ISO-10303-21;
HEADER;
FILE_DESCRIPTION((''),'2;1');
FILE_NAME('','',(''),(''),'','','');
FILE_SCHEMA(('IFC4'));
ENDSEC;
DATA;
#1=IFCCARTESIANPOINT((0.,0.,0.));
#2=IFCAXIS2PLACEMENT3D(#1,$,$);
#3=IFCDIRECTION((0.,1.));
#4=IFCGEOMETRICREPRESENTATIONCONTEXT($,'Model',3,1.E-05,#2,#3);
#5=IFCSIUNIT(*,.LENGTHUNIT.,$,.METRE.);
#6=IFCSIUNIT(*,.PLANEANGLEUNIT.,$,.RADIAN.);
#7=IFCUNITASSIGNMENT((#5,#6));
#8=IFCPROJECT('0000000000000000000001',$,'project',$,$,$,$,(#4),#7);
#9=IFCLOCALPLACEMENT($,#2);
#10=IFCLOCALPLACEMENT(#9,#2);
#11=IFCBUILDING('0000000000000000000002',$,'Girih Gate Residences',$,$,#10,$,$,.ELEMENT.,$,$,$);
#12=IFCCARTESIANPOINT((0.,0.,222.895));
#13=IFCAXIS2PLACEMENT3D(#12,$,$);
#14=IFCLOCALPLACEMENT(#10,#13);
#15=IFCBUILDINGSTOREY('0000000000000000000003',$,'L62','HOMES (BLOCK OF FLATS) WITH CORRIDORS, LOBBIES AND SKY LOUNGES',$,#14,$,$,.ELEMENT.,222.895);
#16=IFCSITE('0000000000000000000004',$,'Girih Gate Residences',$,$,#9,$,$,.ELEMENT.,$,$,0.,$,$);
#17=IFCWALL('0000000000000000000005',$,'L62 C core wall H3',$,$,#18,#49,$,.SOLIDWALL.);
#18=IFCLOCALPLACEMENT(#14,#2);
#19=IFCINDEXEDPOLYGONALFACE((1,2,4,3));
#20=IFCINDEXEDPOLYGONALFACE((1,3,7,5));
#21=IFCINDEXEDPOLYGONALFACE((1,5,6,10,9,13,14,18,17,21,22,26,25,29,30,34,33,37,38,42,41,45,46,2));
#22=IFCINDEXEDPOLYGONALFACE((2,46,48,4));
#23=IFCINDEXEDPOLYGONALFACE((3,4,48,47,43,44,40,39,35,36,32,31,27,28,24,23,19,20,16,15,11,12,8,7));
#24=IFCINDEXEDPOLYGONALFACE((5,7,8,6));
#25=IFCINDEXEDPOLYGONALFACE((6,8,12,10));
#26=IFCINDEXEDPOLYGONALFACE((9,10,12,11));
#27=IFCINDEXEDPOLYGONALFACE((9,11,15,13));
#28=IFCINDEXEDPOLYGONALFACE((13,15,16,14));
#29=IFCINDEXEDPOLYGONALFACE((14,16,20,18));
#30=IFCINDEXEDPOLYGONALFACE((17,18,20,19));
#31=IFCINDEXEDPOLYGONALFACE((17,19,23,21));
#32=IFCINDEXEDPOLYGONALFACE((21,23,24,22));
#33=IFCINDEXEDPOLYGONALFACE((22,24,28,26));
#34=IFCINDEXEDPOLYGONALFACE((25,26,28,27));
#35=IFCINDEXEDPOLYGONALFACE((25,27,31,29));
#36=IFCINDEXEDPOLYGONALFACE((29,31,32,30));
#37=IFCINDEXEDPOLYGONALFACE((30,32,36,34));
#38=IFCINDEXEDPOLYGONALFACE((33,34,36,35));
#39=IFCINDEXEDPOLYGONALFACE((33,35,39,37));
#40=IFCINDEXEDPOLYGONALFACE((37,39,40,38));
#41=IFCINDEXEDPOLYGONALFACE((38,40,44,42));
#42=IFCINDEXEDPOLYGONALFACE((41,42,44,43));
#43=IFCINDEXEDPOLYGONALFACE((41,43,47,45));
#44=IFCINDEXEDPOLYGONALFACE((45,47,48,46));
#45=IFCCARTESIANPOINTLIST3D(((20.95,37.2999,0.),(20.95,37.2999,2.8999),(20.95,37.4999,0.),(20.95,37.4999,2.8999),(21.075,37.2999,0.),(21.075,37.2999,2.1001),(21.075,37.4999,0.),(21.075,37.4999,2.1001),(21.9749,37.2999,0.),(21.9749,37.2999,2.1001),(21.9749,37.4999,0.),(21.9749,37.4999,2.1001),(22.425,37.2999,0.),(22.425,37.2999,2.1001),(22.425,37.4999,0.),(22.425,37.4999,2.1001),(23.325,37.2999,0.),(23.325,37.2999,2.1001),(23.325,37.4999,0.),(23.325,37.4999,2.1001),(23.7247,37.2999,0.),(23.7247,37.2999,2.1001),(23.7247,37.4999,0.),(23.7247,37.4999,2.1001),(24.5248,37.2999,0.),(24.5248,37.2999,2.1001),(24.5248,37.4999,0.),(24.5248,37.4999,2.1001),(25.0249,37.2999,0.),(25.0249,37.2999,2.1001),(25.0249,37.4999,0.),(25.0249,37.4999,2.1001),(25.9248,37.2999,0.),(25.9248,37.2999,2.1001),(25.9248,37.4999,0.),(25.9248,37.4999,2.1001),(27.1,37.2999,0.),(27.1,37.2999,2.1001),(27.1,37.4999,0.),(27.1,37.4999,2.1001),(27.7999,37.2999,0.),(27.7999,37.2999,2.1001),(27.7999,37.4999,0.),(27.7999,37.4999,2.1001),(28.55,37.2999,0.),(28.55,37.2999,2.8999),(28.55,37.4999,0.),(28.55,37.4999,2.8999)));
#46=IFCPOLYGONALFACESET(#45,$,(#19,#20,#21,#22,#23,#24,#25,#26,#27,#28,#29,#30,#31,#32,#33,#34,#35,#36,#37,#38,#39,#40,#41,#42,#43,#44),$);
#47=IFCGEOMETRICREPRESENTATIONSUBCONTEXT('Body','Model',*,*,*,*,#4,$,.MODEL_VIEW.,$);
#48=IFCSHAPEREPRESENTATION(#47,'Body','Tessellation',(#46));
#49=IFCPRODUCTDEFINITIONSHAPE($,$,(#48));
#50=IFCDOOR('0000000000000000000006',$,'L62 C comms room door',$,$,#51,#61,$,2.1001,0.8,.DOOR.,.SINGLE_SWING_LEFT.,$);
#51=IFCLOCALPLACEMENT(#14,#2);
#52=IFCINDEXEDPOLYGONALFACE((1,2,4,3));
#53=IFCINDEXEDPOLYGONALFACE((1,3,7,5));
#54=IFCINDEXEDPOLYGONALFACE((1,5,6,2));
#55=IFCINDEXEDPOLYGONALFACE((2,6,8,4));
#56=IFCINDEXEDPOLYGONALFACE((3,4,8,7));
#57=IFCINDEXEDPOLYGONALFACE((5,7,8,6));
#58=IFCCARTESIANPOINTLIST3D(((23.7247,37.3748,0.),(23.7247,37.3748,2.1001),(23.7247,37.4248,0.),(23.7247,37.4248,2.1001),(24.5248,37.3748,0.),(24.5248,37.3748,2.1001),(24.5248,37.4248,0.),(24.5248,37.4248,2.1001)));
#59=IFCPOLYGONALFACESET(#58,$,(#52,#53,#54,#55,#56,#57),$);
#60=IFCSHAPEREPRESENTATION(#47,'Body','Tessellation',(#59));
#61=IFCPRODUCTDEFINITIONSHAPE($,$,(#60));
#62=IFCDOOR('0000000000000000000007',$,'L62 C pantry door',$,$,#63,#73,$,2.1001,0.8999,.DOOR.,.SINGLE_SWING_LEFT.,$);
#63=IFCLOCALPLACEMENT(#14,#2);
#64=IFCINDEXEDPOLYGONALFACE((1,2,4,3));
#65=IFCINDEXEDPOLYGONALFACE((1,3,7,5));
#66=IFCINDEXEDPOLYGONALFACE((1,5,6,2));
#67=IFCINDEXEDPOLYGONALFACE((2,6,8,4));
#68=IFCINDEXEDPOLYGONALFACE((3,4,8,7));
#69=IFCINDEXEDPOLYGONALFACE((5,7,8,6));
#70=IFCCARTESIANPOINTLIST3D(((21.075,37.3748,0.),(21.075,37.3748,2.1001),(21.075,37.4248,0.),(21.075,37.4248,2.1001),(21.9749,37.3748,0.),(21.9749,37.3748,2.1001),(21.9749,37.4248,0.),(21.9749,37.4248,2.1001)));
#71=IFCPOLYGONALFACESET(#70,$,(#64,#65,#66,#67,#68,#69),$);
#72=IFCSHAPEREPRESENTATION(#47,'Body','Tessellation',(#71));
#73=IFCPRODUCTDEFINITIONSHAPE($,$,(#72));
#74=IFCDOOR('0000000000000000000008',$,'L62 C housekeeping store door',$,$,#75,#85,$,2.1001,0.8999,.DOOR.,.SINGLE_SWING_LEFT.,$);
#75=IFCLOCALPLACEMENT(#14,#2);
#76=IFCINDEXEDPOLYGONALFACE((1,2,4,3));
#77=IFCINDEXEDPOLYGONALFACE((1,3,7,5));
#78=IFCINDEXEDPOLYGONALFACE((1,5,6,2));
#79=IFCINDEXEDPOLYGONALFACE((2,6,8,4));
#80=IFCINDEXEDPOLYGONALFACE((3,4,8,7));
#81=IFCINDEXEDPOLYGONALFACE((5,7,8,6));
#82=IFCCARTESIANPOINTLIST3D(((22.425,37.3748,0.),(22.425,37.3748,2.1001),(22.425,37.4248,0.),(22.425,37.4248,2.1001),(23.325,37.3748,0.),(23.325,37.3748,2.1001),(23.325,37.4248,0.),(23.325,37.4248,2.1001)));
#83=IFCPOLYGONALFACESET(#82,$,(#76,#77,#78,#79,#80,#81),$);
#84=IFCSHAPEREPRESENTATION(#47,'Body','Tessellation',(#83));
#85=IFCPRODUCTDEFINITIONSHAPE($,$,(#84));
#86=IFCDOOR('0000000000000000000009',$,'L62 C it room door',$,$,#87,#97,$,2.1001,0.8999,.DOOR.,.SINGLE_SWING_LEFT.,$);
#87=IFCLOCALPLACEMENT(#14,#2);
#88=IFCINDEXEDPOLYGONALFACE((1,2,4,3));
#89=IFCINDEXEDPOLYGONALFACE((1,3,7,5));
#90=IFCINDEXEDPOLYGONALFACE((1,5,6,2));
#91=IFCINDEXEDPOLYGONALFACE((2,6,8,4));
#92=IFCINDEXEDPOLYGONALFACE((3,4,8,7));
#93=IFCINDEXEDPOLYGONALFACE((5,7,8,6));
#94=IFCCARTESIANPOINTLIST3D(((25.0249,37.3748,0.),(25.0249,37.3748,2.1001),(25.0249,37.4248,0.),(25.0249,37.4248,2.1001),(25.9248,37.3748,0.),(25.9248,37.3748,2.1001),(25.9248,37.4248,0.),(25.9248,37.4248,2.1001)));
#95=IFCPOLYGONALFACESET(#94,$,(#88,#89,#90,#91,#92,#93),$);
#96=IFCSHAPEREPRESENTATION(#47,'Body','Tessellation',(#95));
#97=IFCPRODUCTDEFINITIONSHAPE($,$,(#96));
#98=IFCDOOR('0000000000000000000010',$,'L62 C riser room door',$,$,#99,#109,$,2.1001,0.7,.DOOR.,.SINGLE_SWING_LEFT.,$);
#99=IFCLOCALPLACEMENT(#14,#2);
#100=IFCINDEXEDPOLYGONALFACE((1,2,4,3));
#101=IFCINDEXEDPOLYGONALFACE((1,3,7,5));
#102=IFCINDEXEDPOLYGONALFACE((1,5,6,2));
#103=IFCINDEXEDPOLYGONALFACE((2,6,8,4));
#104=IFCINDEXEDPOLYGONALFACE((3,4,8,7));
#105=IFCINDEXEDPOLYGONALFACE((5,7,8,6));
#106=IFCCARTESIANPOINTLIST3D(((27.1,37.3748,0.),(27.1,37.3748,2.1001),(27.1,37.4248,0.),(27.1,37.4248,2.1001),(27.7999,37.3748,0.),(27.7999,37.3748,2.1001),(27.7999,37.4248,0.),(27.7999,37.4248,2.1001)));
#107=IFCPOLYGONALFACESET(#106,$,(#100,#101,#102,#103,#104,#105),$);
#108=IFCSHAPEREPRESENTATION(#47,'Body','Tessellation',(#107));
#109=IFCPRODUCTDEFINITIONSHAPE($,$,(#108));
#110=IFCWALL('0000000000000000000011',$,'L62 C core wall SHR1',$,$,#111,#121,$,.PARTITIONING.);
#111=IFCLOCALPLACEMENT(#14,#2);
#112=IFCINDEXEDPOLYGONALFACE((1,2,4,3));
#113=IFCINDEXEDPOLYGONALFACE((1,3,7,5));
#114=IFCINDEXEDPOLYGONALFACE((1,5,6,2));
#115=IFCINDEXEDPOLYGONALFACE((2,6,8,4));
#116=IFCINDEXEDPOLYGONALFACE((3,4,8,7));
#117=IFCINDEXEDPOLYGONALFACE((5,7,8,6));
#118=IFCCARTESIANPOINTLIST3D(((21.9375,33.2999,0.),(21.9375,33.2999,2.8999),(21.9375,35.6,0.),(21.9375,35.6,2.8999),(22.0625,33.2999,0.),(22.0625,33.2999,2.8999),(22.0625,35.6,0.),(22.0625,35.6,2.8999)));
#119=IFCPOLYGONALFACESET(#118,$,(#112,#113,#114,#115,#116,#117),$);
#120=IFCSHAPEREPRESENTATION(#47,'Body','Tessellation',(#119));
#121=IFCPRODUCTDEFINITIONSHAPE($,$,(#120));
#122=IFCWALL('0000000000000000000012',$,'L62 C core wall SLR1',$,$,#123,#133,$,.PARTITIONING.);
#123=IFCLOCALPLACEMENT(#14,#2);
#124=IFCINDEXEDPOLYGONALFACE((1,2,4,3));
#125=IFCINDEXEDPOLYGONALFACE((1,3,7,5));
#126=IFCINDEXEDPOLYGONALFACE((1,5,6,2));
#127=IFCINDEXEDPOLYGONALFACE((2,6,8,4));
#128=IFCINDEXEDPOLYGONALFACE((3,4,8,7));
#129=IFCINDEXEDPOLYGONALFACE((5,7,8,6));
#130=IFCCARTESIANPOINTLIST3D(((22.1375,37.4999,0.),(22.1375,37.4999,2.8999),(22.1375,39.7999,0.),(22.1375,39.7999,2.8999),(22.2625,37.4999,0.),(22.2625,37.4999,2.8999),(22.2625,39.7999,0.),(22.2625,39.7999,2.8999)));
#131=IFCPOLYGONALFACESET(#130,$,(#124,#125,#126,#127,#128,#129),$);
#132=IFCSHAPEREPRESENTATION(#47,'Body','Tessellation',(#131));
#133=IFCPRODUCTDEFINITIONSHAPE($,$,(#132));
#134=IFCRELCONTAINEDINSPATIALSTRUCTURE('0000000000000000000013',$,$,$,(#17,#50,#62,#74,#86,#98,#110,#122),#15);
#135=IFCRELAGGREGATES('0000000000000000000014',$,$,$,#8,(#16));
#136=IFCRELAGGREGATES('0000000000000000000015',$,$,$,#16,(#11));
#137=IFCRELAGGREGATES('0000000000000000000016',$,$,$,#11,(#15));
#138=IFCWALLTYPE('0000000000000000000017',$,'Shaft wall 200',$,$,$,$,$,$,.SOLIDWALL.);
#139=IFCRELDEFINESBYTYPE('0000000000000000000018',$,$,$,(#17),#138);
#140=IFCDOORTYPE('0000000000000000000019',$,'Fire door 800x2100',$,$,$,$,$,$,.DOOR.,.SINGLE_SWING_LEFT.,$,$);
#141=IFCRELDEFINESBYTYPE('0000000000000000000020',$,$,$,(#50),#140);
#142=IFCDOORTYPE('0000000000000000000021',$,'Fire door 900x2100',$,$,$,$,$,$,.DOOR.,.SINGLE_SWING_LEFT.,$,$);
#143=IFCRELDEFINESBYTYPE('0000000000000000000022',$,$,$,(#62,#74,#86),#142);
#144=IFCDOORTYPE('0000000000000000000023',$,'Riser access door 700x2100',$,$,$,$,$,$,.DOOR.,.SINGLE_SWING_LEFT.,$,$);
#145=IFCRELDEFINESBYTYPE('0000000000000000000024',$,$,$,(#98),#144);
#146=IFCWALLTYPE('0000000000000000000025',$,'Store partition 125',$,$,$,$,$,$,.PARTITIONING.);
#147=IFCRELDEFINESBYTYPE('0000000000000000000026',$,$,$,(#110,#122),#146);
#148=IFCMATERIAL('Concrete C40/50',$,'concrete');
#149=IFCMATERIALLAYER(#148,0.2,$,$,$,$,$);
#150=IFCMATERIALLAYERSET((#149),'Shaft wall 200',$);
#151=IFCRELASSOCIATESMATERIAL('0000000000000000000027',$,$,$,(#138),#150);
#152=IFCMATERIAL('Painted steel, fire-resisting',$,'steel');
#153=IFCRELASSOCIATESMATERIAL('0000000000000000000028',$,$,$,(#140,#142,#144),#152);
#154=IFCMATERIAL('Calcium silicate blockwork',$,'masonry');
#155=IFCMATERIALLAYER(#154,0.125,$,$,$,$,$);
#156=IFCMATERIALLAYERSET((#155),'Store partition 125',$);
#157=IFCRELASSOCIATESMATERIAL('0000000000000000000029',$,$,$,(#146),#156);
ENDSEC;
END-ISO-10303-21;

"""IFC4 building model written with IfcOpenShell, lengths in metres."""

from ifc_helpers import new_model, si_unit, direction, frame, frame_2d, origin, place, context, subcontext, project, spatial, rectangle, extrude, material, layer, layer_set, type_object, element, fill, save


model = new_model("IFC4")

# Units and contexts
model_context = context("Model", 3, precision=1e-05, world=origin(), true_north=direction((0.0, 1.0)))
body_context = subcontext(model_context, "Body", "Model", "MODEL_VIEW")
ifc_project = project(units=[si_unit("LENGTHUNIT", "METRE"), si_unit("PLANEANGLEUNIT", "RADIAN")], contexts=[model_context])

# Site, building, storey
site_placement = place(None, origin())
site = spatial("IfcSite", under=ifc_project, at=site_placement, Name="Girih Gate Residences", CompositionType="ELEMENT", RefElevation=0.0)
building_placement = place(site_placement, origin())
building = spatial("IfcBuilding", under=site, at=building_placement, Name="Girih Gate Residences", CompositionType="ELEMENT")
storey_placement = place(building_placement, frame((0.0, 0.0, 222.895)))
storey = spatial("IfcBuildingStorey", under=building, at=storey_placement, Name="L62", Description="HOMES (BLOCK OF FLATS) WITH CORRIDORS, LOBBIES AND SKY LOUNGES", CompositionType="ELEMENT", Elevation=222.895)

# Wall, openings, doors
ifc_material_1 = material(Name="Concrete C40/50", Category="concrete")
ifc_layer_1 = layer(ifc_material_1, 0.2)
ifc_layer_set_1 = layer_set([ifc_layer_1], Name="Shaft wall 200")
wall_type_1 = type_object("IfcWallType", Name="Shaft wall 200", PredefinedType="SOLIDWALL", material=ifc_layer_set_1)
ifc_material_2 = material(Name="Painted steel, fire-resisting", Category="steel")
door_type_1 = type_object("IfcDoorType", Name="Fire door 800x2100", OperationType="SINGLE_SWING_LEFT", PredefinedType="DOOR", material=ifc_material_2)
door_type_2 = type_object("IfcDoorType", Name="Fire door 900x2100", OperationType="SINGLE_SWING_LEFT", PredefinedType="DOOR", material=ifc_material_2)
wall_1_placement = place(storey_placement, frame((20.95, 37.3999, 0.0), z_axis=(0.0, 0.0, 1.0), x_axis=(1.0, 0.0, 0.0)))
wall_1 = element("IfcWall", 1, at=wall_1_placement, inside=storey, type_object=wall_type_1, Name="L62 C core wall H3", PredefinedType="SOLIDWALL", context=body_context, shape_type="SweptSolid", body=[
    extrude(rectangle(XDim=7.6001, YDim=0.2, at=frame_2d((3.8, 0.0))), origin(), (0.0, 0.0, 1.0), 2.8999),
])
opening_1_placement = place(wall_1_placement, frame((6.1499, 0.0, 0.0)))
opening_1 = element("IfcOpeningElement", 2, at=opening_1_placement, cuts=wall_1, PredefinedType="OPENING", context=body_context, shape_type="SweptSolid", body=[
    extrude(rectangle(XDim=0.7, YDim=2.1001, at=frame_2d((0.3501, 1.05))), frame((0.0, 0.1099, 0.0), z_axis=(0.0, -1.0, 0.0), x_axis=(1.0, 0.0, 0.0)), (0.0, 0.0, 1.0), 0.22),
])
opening_2_placement = place(wall_1_placement, frame((0.125, 0.0, 0.0)))
opening_2 = element("IfcOpeningElement", 3, at=opening_2_placement, cuts=wall_1, PredefinedType="OPENING", context=body_context, shape_type="SweptSolid", body=[
    extrude(rectangle(XDim=0.8999, YDim=2.1001, at=frame_2d((0.45, 1.05))), frame((0.0, 0.1099, 0.0), z_axis=(0.0, -1.0, 0.0), x_axis=(1.0, 0.0, 0.0)), (0.0, 0.0, 1.0), 0.22),
])
opening_3_placement = place(wall_1_placement, frame((1.4751, 0.0, 0.0)))
opening_3 = element("IfcOpeningElement", 4, at=opening_3_placement, cuts=wall_1, PredefinedType="OPENING", context=body_context, shape_type="SweptSolid", body=[
    extrude(rectangle(XDim=0.8999, YDim=2.1001, at=frame_2d((0.45, 1.05))), frame((0.0, 0.1099, 0.0), z_axis=(0.0, -1.0, 0.0), x_axis=(1.0, 0.0, 0.0)), (0.0, 0.0, 1.0), 0.22),
])
opening_4_placement = place(wall_1_placement, frame((2.7749, 0.0, 0.0)))
opening_4 = element("IfcOpeningElement", 5, at=opening_4_placement, cuts=wall_1, PredefinedType="OPENING", context=body_context, shape_type="SweptSolid", body=[
    extrude(rectangle(XDim=0.8, YDim=2.1001, at=frame_2d((0.3999, 1.05))), frame((0.0, 0.1099, 0.0), z_axis=(0.0, -1.0, 0.0), x_axis=(1.0, 0.0, 0.0)), (0.0, 0.0, 1.0), 0.22),
])
opening_5_placement = place(wall_1_placement, frame((4.075, 0.0, 0.0)))
opening_5 = element("IfcOpeningElement", 6, at=opening_5_placement, cuts=wall_1, PredefinedType="OPENING", context=body_context, shape_type="SweptSolid", body=[
    extrude(rectangle(XDim=0.8999, YDim=2.1001, at=frame_2d((0.45, 1.05))), frame((0.0, 0.1099, 0.0), z_axis=(0.0, -1.0, 0.0), x_axis=(1.0, 0.0, 0.0)), (0.0, 0.0, 1.0), 0.22),
])
door_1_placement = place(opening_4_placement, origin())
door_1 = element("IfcDoor", 7, at=door_1_placement, inside=storey, type_object=door_type_1, Name="L62 C comms room door", OperationType="SINGLE_SWING_LEFT", OverallHeight=2.1001, OverallWidth=0.8, PredefinedType="DOOR", context=body_context, shape_type="SweptSolid", body=[
    extrude(rectangle(XDim=0.8, YDim=2.1001, at=frame_2d((0.3999, 1.05))), frame((0.0, 0.0249, 0.0), z_axis=(0.0, -1.0, 0.0), x_axis=(1.0, 0.0, 0.0)), (0.0, 0.0, 1.0), 0.05),
])
fill(opening_4, door_1)
door_2_placement = place(opening_2_placement, origin())
door_2 = element("IfcDoor", 8, at=door_2_placement, inside=storey, type_object=door_type_2, Name="L62 C pantry door", OperationType="SINGLE_SWING_LEFT", OverallHeight=2.1001, OverallWidth=0.8999, PredefinedType="DOOR", context=body_context, shape_type="SweptSolid", body=[
    extrude(rectangle(XDim=0.8999, YDim=2.1001, at=frame_2d((0.45, 1.05))), frame((0.0, 0.0249, 0.0), z_axis=(0.0, -1.0, 0.0), x_axis=(1.0, 0.0, 0.0)), (0.0, 0.0, 1.0), 0.05),
])
fill(opening_2, door_2)
door_3_placement = place(opening_3_placement, origin())
door_3 = element("IfcDoor", 9, at=door_3_placement, inside=storey, type_object=door_type_2, Name="L62 C housekeeping store door", OperationType="SINGLE_SWING_LEFT", OverallHeight=2.1001, OverallWidth=0.8999, PredefinedType="DOOR", context=body_context, shape_type="SweptSolid", body=[
    extrude(rectangle(XDim=0.8999, YDim=2.1001, at=frame_2d((0.45, 1.05))), frame((0.0, 0.0249, 0.0), z_axis=(0.0, -1.0, 0.0), x_axis=(1.0, 0.0, 0.0)), (0.0, 0.0, 1.0), 0.05),
])
fill(opening_3, door_3)
door_4_placement = place(opening_5_placement, origin())
door_4 = element("IfcDoor", 10, at=door_4_placement, inside=storey, type_object=door_type_2, Name="L62 C it room door", OperationType="SINGLE_SWING_LEFT", OverallHeight=2.1001, OverallWidth=0.8999, PredefinedType="DOOR", context=body_context, shape_type="SweptSolid", body=[
    extrude(rectangle(XDim=0.8999, YDim=2.1001, at=frame_2d((0.45, 1.05))), frame((0.0, 0.0249, 0.0), z_axis=(0.0, -1.0, 0.0), x_axis=(1.0, 0.0, 0.0)), (0.0, 0.0, 1.0), 0.05),
])
fill(opening_5, door_4)
door_type_3 = type_object("IfcDoorType", Name="Riser access door 700x2100", OperationType="SINGLE_SWING_LEFT", PredefinedType="DOOR", material=ifc_material_2)
door_5_placement = place(opening_1_placement, origin())
door_5 = element("IfcDoor", 11, at=door_5_placement, inside=storey, type_object=door_type_3, Name="L62 C riser room door", OperationType="SINGLE_SWING_LEFT", OverallHeight=2.1001, OverallWidth=0.7, PredefinedType="DOOR", context=body_context, shape_type="SweptSolid", body=[
    extrude(rectangle(XDim=0.7, YDim=2.1001, at=frame_2d((0.3501, 1.05))), frame((0.0, 0.0249, 0.0), z_axis=(0.0, -1.0, 0.0), x_axis=(1.0, 0.0, 0.0)), (0.0, 0.0, 1.0), 0.05),
])
fill(opening_1, door_5)

# Walls
ifc_material_3 = material(Name="Calcium silicate blockwork", Category="masonry")
ifc_layer_2 = layer(ifc_material_3, 0.125)
ifc_layer_set_2 = layer_set([ifc_layer_2], Name="Store partition 125")
wall_type_2 = type_object("IfcWallType", Name="Store partition 125", PredefinedType="PARTITIONING", material=ifc_layer_set_2)
for number, where, z_axis, x_axis, name in (
    (12, (22.0, 33.3, 0.0), (0.0, 0.0, 1.0), (0.0, 1.0, 0.0), "L62 C core wall SHR1"),
    (13, (22.2, 37.5, 0.0), (0.0, 0.0, 1.0), (0.0, 1.0, 0.0), "L62 C core wall SLR1"),
):
    element("IfcWall", number, at=place(storey_placement, frame(where, z_axis=z_axis, x_axis=x_axis)), inside=storey, type_object=wall_type_2, Name=name, PredefinedType="PARTITIONING", context=body_context, shape_type="SweptSolid", body=[
        extrude(rectangle(XDim=2.3, YDim=0.125, at=frame_2d((1.1499, 0.0))), origin(), (0.0, 0.0, 1.0), 2.8999),
    ])

save(model, "model.ifc")
